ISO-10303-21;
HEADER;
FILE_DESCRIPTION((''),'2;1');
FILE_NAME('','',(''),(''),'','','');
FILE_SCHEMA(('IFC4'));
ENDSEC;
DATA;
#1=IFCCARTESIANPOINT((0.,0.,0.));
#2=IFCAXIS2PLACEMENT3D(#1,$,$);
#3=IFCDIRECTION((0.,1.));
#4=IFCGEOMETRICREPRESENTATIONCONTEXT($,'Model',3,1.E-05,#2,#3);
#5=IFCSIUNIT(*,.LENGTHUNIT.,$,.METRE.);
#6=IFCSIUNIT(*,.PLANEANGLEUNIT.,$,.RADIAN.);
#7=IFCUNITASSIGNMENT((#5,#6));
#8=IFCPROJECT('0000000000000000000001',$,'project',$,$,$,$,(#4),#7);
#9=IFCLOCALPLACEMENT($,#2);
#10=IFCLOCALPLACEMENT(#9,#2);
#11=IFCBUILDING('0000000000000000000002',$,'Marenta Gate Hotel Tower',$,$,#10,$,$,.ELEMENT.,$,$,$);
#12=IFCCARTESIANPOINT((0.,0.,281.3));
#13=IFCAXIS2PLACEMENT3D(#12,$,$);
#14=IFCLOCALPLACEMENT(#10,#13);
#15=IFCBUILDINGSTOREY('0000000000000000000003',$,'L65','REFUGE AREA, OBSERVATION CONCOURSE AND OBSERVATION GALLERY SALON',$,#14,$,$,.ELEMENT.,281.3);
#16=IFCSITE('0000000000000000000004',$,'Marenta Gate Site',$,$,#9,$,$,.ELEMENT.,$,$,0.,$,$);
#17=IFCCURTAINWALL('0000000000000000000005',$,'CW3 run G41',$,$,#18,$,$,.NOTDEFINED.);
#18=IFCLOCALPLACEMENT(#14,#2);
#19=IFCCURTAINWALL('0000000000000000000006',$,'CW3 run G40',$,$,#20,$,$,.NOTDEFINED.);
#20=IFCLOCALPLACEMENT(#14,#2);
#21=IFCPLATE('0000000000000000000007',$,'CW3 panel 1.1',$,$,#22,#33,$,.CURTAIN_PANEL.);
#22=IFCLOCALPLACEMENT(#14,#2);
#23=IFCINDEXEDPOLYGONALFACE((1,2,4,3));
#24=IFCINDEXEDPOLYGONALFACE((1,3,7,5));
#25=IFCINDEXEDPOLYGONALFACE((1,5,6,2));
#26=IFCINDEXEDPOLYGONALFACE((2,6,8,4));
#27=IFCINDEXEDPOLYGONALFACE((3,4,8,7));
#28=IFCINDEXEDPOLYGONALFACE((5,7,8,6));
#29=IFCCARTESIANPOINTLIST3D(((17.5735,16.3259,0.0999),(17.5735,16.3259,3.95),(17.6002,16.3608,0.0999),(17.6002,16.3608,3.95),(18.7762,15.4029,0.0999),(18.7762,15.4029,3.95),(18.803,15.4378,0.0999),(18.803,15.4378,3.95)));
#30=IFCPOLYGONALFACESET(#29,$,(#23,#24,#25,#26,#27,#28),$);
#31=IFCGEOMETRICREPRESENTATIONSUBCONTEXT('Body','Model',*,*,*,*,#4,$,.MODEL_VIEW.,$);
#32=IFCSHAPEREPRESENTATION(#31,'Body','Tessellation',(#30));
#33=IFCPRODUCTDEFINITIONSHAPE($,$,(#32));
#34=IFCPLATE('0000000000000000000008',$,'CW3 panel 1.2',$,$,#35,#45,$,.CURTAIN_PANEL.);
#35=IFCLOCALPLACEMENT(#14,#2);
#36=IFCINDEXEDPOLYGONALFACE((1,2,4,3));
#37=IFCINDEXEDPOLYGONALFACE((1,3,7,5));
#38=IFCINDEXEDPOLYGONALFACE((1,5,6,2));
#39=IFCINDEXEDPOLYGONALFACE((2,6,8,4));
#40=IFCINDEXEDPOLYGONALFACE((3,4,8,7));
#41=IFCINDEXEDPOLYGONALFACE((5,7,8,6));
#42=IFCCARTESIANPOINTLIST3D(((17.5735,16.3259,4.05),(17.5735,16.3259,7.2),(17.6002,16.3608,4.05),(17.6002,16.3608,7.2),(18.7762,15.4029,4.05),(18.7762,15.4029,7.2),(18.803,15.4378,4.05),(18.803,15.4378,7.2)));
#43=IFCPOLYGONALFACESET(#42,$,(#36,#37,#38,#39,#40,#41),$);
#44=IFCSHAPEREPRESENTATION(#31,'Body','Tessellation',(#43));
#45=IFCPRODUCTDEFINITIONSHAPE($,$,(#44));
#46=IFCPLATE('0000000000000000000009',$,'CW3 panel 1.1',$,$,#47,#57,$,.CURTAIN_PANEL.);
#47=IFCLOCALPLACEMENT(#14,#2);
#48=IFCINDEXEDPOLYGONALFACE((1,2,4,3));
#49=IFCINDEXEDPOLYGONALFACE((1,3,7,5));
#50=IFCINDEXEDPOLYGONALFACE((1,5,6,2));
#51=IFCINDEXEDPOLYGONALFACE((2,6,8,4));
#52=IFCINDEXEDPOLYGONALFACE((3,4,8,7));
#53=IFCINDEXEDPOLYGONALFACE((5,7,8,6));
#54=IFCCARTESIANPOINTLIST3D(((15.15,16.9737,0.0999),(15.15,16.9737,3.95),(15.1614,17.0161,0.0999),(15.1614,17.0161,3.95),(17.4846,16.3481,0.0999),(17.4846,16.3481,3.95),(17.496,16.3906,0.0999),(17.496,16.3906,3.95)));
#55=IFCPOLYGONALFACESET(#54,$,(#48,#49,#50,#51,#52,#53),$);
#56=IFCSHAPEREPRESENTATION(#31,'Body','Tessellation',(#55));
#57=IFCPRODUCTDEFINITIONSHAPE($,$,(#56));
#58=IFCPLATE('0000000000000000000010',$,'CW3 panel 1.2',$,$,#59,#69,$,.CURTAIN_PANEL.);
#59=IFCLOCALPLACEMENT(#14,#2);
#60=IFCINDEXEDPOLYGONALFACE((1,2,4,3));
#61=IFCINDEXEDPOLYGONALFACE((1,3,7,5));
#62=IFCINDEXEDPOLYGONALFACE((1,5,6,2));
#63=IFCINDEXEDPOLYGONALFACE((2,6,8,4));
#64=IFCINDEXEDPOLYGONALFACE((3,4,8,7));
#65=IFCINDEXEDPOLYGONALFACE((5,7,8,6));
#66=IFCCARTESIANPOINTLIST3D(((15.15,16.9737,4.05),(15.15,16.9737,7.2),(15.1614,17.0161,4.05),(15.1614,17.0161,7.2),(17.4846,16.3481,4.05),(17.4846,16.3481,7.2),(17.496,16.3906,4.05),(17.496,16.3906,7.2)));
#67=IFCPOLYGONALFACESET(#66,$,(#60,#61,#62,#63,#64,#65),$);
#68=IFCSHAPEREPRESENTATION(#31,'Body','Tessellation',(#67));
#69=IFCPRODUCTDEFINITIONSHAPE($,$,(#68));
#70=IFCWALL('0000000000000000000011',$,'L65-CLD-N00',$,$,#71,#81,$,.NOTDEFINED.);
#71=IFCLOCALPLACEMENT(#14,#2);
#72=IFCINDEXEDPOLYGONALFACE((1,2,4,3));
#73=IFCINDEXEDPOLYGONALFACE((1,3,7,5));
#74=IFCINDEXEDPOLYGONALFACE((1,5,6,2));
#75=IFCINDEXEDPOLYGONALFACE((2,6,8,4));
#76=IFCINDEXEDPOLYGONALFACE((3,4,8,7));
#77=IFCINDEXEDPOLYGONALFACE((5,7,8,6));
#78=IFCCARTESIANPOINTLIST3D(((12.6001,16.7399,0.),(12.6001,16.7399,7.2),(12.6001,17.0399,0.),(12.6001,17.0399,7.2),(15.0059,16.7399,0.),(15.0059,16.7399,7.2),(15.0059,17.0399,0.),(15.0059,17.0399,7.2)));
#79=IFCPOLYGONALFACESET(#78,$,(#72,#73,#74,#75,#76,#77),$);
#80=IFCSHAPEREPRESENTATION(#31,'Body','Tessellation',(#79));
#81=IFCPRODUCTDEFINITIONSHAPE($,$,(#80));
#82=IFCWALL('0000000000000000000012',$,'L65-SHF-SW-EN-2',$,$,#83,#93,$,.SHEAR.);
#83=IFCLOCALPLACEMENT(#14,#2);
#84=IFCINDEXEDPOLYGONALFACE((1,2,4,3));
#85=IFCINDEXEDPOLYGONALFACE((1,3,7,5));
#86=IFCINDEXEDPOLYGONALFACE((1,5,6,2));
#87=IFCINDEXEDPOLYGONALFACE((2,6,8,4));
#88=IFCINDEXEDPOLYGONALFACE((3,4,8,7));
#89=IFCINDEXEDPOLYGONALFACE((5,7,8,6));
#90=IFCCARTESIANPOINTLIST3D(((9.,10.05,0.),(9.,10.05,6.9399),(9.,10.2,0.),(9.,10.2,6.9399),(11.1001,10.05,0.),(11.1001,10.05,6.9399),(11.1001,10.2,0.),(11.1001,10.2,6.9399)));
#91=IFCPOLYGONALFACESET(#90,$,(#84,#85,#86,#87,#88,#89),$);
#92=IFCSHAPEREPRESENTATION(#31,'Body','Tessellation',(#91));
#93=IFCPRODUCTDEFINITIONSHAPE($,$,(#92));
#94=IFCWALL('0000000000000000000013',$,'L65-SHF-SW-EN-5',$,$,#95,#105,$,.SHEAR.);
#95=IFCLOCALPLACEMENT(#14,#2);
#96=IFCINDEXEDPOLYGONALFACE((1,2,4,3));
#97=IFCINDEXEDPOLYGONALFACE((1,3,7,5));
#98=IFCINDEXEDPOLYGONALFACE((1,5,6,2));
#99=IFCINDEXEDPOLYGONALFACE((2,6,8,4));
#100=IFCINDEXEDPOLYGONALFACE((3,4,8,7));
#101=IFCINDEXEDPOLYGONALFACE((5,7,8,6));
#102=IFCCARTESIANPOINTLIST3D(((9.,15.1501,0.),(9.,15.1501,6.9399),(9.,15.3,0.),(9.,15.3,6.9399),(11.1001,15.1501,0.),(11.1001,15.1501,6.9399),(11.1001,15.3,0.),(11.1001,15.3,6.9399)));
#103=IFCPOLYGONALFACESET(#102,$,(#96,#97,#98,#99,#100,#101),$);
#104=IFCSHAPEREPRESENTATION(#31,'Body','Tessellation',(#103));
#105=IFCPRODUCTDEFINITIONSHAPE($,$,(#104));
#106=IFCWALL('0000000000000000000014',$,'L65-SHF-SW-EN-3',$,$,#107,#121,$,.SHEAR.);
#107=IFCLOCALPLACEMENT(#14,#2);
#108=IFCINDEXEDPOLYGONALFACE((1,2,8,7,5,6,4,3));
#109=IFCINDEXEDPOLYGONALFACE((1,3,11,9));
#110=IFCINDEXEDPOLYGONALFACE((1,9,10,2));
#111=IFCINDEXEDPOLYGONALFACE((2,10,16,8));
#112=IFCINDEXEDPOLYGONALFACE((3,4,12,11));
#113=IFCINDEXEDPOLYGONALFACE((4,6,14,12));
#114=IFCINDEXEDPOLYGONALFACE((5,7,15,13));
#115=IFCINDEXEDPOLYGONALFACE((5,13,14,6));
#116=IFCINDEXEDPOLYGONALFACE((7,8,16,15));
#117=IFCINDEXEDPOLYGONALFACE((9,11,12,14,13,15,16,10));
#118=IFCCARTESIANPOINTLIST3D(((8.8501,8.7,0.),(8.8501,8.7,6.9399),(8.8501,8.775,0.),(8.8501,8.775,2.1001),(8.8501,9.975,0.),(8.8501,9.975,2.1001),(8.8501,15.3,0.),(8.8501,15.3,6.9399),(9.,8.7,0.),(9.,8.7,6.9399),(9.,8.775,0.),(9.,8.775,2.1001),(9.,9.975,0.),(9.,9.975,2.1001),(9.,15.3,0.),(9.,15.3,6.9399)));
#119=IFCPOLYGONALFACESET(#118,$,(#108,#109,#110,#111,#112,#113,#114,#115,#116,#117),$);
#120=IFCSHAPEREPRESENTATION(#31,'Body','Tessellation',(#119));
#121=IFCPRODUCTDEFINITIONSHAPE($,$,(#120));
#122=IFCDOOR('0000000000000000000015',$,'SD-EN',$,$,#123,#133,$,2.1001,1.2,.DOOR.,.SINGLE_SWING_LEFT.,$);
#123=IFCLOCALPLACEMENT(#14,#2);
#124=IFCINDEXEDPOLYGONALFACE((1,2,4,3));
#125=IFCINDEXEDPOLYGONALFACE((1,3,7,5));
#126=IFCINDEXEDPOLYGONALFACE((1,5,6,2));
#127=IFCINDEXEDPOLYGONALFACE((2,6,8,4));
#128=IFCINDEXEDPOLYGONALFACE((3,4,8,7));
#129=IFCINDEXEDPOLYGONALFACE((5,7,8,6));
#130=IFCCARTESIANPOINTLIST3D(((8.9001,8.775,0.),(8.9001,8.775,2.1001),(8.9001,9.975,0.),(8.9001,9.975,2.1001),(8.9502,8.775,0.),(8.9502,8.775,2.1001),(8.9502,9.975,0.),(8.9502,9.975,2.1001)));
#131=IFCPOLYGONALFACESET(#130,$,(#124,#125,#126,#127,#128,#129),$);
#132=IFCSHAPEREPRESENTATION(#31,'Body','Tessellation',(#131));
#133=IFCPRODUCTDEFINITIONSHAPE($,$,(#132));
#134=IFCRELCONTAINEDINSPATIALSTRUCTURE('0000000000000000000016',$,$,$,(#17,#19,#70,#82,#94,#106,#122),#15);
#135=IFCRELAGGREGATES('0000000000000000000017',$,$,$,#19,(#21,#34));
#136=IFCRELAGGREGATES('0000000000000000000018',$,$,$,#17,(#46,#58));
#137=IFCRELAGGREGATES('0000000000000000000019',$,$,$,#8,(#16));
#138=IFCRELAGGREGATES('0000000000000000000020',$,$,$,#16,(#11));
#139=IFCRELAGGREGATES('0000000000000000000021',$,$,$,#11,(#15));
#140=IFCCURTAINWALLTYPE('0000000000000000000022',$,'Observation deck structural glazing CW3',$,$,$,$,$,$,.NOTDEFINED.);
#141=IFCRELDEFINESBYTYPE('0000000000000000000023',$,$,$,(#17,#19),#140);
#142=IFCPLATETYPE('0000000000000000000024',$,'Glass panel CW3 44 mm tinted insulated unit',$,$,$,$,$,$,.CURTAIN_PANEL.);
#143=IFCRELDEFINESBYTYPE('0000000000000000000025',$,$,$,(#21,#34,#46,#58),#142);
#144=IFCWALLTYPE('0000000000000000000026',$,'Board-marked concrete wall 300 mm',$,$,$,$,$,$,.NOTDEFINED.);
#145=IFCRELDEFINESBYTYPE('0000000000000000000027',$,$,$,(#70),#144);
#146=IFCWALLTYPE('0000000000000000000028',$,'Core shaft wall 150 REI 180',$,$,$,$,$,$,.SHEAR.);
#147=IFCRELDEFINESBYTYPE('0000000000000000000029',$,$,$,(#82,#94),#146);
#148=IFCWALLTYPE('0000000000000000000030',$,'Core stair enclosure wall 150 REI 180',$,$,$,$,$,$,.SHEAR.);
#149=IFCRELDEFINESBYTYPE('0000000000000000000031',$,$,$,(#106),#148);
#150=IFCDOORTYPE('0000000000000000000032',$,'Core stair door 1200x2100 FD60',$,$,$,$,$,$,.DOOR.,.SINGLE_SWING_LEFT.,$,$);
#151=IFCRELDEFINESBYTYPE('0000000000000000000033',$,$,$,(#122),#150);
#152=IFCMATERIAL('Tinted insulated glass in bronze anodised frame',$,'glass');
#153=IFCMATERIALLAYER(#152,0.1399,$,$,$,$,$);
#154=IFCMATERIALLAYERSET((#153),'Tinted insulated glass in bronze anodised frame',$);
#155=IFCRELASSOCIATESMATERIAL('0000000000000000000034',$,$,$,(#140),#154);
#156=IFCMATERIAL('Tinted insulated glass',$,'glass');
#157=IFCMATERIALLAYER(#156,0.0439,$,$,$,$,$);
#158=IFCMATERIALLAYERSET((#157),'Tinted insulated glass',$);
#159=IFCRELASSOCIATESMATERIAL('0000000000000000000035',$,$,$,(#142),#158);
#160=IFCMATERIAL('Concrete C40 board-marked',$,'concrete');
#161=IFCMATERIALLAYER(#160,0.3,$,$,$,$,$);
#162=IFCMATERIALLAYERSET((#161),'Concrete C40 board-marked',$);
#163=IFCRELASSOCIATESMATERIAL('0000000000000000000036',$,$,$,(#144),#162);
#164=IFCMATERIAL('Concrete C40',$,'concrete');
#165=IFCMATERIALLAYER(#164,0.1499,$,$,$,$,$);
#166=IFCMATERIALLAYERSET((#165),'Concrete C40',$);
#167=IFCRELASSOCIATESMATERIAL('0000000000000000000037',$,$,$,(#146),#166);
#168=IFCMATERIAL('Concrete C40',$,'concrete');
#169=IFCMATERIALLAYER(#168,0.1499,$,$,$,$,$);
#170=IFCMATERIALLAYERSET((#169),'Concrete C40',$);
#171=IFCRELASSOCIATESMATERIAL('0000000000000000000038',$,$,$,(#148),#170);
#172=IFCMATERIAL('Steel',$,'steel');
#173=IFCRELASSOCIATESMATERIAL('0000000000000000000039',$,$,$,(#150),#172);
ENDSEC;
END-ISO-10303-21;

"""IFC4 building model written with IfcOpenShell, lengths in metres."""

from ifc_helpers import new_model, si_unit, direction, frame, frame_2d, origin, origin_2d, place, context, subcontext, project, spatial, rectangle, extrude, material, layer, layer_set, type_object, element, fill, aggregate, save


model = new_model("IFC4")

# Units and contexts
model_context = context("Model", 3, precision=1e-05, world=origin(), true_north=direction((0.0, 1.0)))
body_context = subcontext(model_context, "Body", "Model", "MODEL_VIEW")
ifc_project = project(units=[si_unit("LENGTHUNIT", "METRE"), si_unit("PLANEANGLEUNIT", "RADIAN")], contexts=[model_context])

# Site, building, storey
site_placement = place(None, origin())
site = spatial("IfcSite", under=ifc_project, at=site_placement, Name="Marenta Gate Site", CompositionType="ELEMENT", RefElevation=0.0)
building_placement = place(site_placement, origin())
building = spatial("IfcBuilding", under=site, at=building_placement, Name="Marenta Gate Hotel Tower", CompositionType="ELEMENT")
storey_placement = place(building_placement, frame((0.0, 0.0, 281.3)))
storey = spatial("IfcBuildingStorey", under=building, at=storey_placement, Name="L65", Description="REFUGE AREA, OBSERVATION CONCOURSE AND OBSERVATION GALLERY SALON", CompositionType="ELEMENT", Elevation=281.3)

# Curtain wall
ifc_material_1 = material(Name="Tinted insulated glass in bronze anodised frame", Category="glass")
ifc_layer_1 = layer(ifc_material_1, 0.1399)
ifc_layer_set_1 = layer_set([ifc_layer_1], Name="Tinted insulated glass in bronze anodised frame")
curtain_wall_type = type_object("IfcCurtainWallType", Name="Observation deck structural glazing CW3", PredefinedType="NOTDEFINED", material=ifc_layer_set_1)
curtain_wall_1_placement = place(storey_placement, origin())
curtain_wall_1 = element("IfcCurtainWall", 1, at=curtain_wall_1_placement, inside=storey, type_object=curtain_wall_type, Name="CW3 run G41", PredefinedType="NOTDEFINED")

# Curtain wall, plates
curtain_wall_2_placement = place(storey_placement, origin())
curtain_wall_2 = element("IfcCurtainWall", 2, at=curtain_wall_2_placement, inside=storey, type_object=curtain_wall_type, Name="CW3 run G40", PredefinedType="NOTDEFINED")
ifc_material_2 = material(Name="Tinted insulated glass", Category="glass")
ifc_layer_2 = layer(ifc_material_2, 0.0439)
ifc_layer_set_2 = layer_set([ifc_layer_2], Name="Tinted insulated glass")
plate_type = type_object("IfcPlateType", Name="Glass panel CW3 44 mm tinted insulated unit", PredefinedType="CURTAIN_PANEL", material=ifc_layer_set_2)
plate_1_placement = place(storey_placement, frame((18.1882, 15.8818, 0.0999), z_axis=(0.0, 0.0, 1.0), x_axis=(-0.793327, 0.608795, 0.0)))
plate_1 = element("IfcPlate", 3, at=plate_1_placement, type_object=plate_type, Name="CW3 panel 1.1", PredefinedType="CURTAIN_PANEL", context=body_context, shape_type="SweptSolid", body=[
    extrude(rectangle(XDim=1.5161, YDim=0.0439, at=origin_2d()), origin(), (0.0, 0.0, 1.0), 3.8501),
])
plate_2_placement = place(storey_placement, frame((18.1882, 15.8818, 4.05), z_axis=(0.0, 0.0, 1.0), x_axis=(-0.793327, 0.608795, 0.0)))
plate_2 = element("IfcPlate", 4, at=plate_2_placement, type_object=plate_type, Name="CW3 panel 1.2", PredefinedType="CURTAIN_PANEL", context=body_context, shape_type="SweptSolid", body=[
    extrude(rectangle(XDim=1.5161, YDim=0.0439, at=origin_2d()), origin(), (0.0, 0.0, 1.0), 3.1499),
])
aggregate(curtain_wall_2, [plate_1, plate_2])

# Plates
plate_3_placement = place(storey_placement, frame((16.323, 16.6821, 0.0999), z_axis=(0.0, 0.0, 1.0), x_axis=(-0.96593, 0.258802, 0.0)))
plate_3 = element("IfcPlate", 5, at=plate_3_placement, type_object=plate_type, Name="CW3 panel 1.1", PredefinedType="CURTAIN_PANEL", context=body_context, shape_type="SweptSolid", body=[
    extrude(rectangle(XDim=2.417, YDim=0.0439, at=origin_2d()), origin(), (0.0, 0.0, 1.0), 3.8501),
])
plate_4_placement = place(storey_placement, frame((16.323, 16.6821, 4.05), z_axis=(0.0, 0.0, 1.0), x_axis=(-0.96593, 0.258802, 0.0)))
plate_4 = element("IfcPlate", 6, at=plate_4_placement, type_object=plate_type, Name="CW3 panel 1.2", PredefinedType="CURTAIN_PANEL", context=body_context, shape_type="SweptSolid", body=[
    extrude(rectangle(XDim=2.417, YDim=0.0439, at=origin_2d()), origin(), (0.0, 0.0, 1.0), 3.1499),
])
aggregate(curtain_wall_1, [plate_3, plate_4])

# Walls
ifc_material_3 = material(Name="Concrete C40 board-marked", Category="concrete")
ifc_layer_3 = layer(ifc_material_3, 0.3)
ifc_layer_set_3 = layer_set([ifc_layer_3], Name="Concrete C40 board-marked")
wall_type_1 = type_object("IfcWallType", Name="Board-marked concrete wall 300 mm", PredefinedType="NOTDEFINED", material=ifc_layer_set_3)
wall_1_placement = place(storey_placement, frame((15.0059, 16.8899, 0.0), z_axis=(0.0, 0.0, 1.0), x_axis=(-1.0, 0.0, 0.0)))
element("IfcWall", 7, at=wall_1_placement, inside=storey, type_object=wall_type_1, Name="L65-CLD-N00", PredefinedType="NOTDEFINED", context=body_context, shape_type="SweptSolid", body=[
    extrude(rectangle(XDim=2.4058, YDim=0.3, at=frame_2d((1.2029, 0.0))), origin(), (0.0, 0.0, 1.0), 7.2),
])
ifc_material_4 = material(Name="Concrete C40", Category="concrete")
ifc_layer_4 = layer(ifc_material_4, 0.1499)
ifc_layer_set_4 = layer_set([ifc_layer_4], Name="Concrete C40")
wall_type_2 = type_object("IfcWallType", Name="Core shaft wall 150 REI 180", PredefinedType="SHEAR", material=ifc_layer_set_4)
for number, where, z_axis, x_axis, name in (
    (8, (9.0, 10.125, 0.0), (0.0, 0.0, 1.0), (1.0, 0.0, 0.0), "L65-SHF-SW-EN-2"),
    (9, (9.0, 15.2251, 0.0), (0.0, 0.0, 1.0), (1.0, 0.0, 0.0), "L65-SHF-SW-EN-5"),
):
    element("IfcWall", number, at=place(storey_placement, frame(where, z_axis=z_axis, x_axis=x_axis)), inside=storey, type_object=wall_type_2, Name=name, PredefinedType="SHEAR", context=body_context, shape_type="SweptSolid", body=[
        extrude(rectangle(XDim=2.1001, YDim=0.1499, at=frame_2d((1.05, 0.0))), origin(), (0.0, 0.0, 1.0), 6.9399),
    ])

# Wall, opening, door
ifc_material_5 = material(Name="Concrete C40", Category="concrete")
ifc_layer_5 = layer(ifc_material_5, 0.1499)
ifc_layer_set_5 = layer_set([ifc_layer_5], Name="Concrete C40")
wall_type_3 = type_object("IfcWallType", Name="Core stair enclosure wall 150 REI 180", PredefinedType="SHEAR", material=ifc_layer_set_5)
wall_2_placement = place(storey_placement, frame((8.925, 8.7, 0.0), z_axis=(0.0, 0.0, 1.0), x_axis=(0.0, 1.0, 0.0)))
wall_2 = element("IfcWall", 10, at=wall_2_placement, inside=storey, type_object=wall_type_3, Name="L65-SHF-SW-EN-3", PredefinedType="SHEAR", context=body_context, shape_type="SweptSolid", body=[
    extrude(rectangle(XDim=6.6001, YDim=0.1499, at=frame_2d((3.3, 0.0))), origin(), (0.0, 0.0, 1.0), 6.9399),
])
opening_placement = place(wall_2_placement, frame((0.075, 0.0, 0.0)))
opening = element("IfcOpeningElement", 11, at=opening_placement, cuts=wall_2, PredefinedType="OPENING", context=body_context, shape_type="SweptSolid", body=[
    extrude(rectangle(XDim=1.2, YDim=2.1001, at=frame_2d((0.6001, 1.05))), frame((0.0, 0.075, 0.0), z_axis=(0.0, -1.0, 0.0), x_axis=(1.0, 0.0, 0.0)), (0.0, 0.0, 1.0), 0.1499),
])
ifc_material_6 = material(Name="Steel", Category="steel")
door_type = type_object("IfcDoorType", Name="Core stair door 1200x2100 FD60", OperationType="SINGLE_SWING_LEFT", PredefinedType="DOOR", material=ifc_material_6)
door_placement = place(opening_placement, origin())
door = element("IfcDoor", 12, at=door_placement, inside=storey, type_object=door_type, Name="SD-EN", OperationType="SINGLE_SWING_LEFT", OverallHeight=2.1001, OverallWidth=1.2, PredefinedType="DOOR", context=body_context, shape_type="SweptSolid", body=[
    extrude(rectangle(XDim=1.2, YDim=2.1001, at=frame_2d((0.6001, 1.05))), frame((0.0, 0.0249, 0.0), z_axis=(0.0, -1.0, 0.0), x_axis=(1.0, 0.0, 0.0)), (0.0, 0.0, 1.0), 0.05),
])
fill(opening, door)

save(model, "model.ifc")
